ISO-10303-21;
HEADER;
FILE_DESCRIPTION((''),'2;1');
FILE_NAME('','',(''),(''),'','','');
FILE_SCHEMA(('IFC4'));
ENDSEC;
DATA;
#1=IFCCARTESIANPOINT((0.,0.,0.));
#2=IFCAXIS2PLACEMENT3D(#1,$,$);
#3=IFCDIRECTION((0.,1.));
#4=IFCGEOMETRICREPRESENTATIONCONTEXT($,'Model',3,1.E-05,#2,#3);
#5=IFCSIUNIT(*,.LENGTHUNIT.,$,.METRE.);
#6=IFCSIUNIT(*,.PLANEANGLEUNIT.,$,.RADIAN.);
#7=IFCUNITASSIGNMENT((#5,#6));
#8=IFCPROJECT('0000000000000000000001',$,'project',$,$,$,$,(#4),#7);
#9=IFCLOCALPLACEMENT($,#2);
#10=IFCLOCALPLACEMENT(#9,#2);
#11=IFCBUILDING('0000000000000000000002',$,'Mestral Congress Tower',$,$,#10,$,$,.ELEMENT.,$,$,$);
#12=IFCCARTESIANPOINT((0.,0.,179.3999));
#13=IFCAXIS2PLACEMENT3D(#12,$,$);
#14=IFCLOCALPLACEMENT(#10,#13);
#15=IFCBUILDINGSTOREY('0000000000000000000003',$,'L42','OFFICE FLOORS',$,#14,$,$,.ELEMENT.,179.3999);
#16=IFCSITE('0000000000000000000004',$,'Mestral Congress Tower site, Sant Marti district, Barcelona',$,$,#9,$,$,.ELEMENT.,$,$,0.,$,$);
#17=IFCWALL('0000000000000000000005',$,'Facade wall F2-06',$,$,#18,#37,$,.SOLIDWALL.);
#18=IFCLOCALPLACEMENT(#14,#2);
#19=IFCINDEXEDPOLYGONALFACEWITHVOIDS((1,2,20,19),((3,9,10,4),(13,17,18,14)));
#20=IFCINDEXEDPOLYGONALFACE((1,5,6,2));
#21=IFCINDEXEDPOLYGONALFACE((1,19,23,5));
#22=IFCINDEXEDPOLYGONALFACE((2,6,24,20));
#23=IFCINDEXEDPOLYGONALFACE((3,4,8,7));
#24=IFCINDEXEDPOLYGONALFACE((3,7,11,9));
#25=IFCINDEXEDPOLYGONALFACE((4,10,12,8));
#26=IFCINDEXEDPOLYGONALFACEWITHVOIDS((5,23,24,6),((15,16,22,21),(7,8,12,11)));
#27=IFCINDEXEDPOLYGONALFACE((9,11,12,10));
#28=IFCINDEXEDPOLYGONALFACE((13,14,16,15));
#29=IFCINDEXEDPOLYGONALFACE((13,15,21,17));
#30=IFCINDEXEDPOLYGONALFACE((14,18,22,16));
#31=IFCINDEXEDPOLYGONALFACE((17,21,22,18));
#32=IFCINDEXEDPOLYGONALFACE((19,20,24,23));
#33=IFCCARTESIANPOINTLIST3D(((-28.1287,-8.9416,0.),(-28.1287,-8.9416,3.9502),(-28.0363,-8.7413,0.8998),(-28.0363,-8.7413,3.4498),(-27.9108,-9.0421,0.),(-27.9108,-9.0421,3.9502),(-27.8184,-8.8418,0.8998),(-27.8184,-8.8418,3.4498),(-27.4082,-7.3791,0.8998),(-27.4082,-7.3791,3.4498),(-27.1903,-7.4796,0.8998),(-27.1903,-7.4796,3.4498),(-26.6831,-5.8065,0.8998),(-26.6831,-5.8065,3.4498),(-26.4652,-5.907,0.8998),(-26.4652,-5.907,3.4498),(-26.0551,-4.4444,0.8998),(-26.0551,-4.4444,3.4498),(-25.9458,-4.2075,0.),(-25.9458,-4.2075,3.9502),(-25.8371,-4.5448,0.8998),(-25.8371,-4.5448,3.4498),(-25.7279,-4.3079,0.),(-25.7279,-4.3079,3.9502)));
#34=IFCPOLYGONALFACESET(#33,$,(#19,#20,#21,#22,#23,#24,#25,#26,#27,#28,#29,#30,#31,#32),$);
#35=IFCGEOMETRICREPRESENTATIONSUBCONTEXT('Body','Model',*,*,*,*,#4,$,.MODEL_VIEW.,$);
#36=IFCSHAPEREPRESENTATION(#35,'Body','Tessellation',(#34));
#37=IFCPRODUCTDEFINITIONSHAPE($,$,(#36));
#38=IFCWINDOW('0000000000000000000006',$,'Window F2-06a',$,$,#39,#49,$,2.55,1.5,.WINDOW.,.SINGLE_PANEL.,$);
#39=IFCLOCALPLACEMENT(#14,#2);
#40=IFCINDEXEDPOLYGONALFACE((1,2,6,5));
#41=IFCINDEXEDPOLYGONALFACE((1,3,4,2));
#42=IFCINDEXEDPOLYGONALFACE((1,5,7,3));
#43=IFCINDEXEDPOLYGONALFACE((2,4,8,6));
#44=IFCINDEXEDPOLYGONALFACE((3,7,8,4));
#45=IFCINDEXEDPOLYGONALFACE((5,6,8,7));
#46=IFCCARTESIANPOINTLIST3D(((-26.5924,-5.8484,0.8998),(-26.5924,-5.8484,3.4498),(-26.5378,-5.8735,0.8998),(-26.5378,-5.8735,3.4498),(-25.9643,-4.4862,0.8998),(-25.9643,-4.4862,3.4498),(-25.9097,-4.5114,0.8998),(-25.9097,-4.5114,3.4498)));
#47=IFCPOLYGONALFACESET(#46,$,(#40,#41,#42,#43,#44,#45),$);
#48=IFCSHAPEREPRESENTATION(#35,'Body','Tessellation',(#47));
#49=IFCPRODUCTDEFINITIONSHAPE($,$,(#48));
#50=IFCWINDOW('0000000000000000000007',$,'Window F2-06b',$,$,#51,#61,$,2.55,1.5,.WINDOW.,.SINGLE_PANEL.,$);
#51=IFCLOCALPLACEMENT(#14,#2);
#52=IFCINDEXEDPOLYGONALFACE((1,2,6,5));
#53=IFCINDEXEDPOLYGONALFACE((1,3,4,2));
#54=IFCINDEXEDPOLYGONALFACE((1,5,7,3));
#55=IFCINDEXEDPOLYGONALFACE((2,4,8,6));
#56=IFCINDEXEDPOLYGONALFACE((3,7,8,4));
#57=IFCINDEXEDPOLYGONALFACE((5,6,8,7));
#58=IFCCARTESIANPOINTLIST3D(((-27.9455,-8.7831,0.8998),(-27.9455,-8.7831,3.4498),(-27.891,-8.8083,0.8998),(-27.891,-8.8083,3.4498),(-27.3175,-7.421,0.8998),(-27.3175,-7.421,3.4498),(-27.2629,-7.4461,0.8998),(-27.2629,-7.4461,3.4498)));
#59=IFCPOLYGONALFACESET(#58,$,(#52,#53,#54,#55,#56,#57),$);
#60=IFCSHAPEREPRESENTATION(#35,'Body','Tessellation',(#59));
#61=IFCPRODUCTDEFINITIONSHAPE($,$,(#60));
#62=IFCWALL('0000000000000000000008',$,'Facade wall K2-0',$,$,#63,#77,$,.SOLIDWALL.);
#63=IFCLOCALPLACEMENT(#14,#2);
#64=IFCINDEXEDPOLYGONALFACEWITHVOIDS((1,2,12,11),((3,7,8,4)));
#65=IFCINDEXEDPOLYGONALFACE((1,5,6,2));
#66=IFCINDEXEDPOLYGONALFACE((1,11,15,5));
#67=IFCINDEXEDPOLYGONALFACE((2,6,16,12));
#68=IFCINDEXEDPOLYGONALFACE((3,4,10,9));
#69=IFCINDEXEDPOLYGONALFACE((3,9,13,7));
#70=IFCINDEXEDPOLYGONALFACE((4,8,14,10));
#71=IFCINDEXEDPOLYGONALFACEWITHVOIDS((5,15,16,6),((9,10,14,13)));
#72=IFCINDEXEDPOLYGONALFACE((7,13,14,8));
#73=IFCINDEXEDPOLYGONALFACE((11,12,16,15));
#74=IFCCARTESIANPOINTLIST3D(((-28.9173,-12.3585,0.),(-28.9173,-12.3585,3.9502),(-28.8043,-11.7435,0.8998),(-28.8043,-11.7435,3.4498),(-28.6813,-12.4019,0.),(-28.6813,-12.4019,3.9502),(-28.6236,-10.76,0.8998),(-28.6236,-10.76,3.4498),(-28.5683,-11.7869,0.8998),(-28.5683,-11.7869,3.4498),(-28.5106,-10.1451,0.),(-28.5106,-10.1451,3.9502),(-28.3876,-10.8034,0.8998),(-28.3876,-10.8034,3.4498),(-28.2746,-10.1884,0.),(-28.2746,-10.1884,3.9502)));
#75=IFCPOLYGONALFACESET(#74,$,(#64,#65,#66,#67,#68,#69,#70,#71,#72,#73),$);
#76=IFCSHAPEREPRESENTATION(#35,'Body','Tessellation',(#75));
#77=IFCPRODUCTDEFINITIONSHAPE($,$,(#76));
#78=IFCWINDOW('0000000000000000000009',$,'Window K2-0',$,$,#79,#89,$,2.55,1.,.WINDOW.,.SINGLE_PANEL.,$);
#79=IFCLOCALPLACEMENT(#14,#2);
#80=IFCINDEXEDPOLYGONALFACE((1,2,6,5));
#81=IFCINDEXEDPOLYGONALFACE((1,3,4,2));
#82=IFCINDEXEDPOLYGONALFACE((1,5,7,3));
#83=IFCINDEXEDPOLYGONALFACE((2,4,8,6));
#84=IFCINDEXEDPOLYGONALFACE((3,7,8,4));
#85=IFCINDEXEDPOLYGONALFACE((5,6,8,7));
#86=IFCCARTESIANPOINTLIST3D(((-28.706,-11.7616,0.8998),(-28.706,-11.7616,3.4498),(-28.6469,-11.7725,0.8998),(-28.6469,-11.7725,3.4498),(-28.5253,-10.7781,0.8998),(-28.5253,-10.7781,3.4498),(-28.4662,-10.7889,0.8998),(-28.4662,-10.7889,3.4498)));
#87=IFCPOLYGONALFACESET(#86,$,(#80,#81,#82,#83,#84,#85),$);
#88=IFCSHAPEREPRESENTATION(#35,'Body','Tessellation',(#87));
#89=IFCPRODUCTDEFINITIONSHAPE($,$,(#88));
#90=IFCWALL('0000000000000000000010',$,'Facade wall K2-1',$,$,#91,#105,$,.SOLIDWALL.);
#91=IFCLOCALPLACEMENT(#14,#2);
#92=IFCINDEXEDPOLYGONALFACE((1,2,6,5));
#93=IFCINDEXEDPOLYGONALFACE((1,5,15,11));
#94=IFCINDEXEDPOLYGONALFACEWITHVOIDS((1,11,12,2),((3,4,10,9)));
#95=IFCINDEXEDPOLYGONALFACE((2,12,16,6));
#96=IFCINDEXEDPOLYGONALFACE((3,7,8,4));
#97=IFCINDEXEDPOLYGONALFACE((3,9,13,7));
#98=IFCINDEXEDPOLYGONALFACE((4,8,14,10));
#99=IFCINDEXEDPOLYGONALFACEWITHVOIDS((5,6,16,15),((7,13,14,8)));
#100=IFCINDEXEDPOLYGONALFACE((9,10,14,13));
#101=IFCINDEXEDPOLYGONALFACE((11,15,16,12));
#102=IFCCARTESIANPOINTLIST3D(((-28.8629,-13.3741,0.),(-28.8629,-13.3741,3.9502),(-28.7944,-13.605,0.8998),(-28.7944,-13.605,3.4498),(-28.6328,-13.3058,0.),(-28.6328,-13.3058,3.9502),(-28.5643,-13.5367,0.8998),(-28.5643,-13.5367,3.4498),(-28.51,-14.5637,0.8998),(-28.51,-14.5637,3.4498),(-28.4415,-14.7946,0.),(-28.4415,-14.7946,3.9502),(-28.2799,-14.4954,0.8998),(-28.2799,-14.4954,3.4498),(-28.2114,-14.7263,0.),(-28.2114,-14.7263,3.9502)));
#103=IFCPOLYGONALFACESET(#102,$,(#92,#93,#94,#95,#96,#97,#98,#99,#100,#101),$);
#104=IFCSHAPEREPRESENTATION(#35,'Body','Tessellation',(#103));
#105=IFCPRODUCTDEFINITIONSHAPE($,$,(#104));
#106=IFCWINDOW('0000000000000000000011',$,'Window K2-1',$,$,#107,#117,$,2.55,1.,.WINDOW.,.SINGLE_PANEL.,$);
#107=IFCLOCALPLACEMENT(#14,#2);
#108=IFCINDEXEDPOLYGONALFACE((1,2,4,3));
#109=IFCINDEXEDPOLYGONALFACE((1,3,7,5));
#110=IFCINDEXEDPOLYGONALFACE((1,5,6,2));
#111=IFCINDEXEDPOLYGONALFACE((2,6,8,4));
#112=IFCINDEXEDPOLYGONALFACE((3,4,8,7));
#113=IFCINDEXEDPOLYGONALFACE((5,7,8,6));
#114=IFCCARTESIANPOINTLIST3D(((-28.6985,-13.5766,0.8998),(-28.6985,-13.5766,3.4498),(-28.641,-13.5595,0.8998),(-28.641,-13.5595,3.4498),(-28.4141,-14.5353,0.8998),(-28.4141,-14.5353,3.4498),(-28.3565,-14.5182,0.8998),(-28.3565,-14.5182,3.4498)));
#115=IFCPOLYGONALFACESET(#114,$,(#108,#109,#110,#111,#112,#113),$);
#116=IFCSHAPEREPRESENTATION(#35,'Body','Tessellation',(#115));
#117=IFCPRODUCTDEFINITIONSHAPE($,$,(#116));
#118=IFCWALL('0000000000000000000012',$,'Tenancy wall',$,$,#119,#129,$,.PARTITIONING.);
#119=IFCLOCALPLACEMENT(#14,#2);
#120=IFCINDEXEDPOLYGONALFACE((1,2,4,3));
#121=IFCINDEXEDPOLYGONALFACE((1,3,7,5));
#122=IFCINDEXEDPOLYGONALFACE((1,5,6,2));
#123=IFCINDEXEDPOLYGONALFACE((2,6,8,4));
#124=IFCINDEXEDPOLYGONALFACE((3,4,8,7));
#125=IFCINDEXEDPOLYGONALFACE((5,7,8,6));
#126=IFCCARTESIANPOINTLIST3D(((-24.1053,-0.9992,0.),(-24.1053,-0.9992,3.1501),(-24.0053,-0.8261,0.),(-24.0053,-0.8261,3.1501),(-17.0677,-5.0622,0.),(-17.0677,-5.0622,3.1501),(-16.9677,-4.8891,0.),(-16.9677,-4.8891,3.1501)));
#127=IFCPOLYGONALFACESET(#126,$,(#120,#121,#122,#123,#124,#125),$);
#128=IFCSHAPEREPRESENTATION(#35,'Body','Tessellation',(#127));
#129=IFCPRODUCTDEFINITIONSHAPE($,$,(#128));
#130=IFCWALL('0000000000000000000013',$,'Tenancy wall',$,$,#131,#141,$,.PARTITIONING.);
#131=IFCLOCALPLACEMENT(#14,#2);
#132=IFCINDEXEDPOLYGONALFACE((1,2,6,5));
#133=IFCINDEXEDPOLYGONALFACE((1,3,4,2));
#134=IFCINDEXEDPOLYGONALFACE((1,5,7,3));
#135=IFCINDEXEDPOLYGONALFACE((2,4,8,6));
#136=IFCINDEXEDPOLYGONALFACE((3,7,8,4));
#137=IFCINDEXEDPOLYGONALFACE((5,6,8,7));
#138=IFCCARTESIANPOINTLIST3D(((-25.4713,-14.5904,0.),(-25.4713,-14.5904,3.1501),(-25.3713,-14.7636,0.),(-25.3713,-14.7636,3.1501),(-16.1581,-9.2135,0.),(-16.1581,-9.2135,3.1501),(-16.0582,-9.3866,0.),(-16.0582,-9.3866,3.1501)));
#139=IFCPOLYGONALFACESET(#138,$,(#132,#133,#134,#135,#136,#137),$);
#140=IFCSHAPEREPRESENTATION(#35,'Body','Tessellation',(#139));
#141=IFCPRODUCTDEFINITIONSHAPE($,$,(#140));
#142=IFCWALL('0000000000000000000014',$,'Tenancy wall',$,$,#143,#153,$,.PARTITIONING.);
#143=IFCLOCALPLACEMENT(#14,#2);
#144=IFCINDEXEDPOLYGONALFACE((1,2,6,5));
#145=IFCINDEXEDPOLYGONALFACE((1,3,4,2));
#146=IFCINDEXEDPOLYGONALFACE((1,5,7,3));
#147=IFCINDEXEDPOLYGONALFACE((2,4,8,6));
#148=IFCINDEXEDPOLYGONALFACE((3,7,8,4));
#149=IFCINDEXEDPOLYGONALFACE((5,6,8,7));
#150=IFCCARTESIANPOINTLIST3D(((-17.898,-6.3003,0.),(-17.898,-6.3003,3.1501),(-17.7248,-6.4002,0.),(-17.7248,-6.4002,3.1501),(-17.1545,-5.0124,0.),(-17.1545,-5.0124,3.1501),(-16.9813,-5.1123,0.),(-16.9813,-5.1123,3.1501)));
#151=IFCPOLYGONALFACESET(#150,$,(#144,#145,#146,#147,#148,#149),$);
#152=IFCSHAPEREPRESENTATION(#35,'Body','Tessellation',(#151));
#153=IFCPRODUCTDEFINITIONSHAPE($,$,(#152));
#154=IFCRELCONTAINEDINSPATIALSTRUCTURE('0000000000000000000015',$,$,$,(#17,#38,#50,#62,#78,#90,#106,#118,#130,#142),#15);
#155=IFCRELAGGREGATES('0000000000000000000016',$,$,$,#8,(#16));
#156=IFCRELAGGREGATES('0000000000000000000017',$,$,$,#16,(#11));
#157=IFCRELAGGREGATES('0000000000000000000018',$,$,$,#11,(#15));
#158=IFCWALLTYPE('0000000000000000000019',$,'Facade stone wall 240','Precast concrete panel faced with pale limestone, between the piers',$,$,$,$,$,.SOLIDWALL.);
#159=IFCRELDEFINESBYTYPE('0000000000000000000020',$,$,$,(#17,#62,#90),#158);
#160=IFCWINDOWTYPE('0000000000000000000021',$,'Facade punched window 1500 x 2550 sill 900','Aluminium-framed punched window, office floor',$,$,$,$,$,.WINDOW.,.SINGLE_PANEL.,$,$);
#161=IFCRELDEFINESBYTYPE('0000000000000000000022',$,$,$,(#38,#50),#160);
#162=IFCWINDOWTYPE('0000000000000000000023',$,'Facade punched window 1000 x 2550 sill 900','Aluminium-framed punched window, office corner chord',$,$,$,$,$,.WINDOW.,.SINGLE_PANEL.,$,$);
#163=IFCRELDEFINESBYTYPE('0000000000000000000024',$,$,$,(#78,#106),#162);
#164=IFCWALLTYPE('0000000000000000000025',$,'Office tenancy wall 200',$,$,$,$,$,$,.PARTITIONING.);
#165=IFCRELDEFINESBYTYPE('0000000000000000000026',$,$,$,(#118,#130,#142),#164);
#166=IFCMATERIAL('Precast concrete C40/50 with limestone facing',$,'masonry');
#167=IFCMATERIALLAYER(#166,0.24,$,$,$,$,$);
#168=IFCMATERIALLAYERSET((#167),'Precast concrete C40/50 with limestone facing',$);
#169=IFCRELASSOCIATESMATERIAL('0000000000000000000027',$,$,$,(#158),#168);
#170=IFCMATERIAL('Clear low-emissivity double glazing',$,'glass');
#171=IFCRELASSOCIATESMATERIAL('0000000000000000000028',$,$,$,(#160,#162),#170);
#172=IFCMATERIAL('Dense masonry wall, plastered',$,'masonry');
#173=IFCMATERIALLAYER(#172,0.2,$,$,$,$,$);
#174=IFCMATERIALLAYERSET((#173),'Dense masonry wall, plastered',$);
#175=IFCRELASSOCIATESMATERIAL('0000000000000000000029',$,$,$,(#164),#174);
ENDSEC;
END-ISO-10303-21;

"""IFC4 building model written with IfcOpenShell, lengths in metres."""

from ifc_helpers import new_model, si_unit, direction, frame, frame_2d, origin, place, context, subcontext, project, spatial, rectangle, extrude, material, layer, layer_set, type_object, element, fill, save


model = new_model("IFC4")

# Units and contexts
model_context = context("Model", 3, precision=1e-05, world=origin(), true_north=direction((0.0, 1.0)))
body_context = subcontext(model_context, "Body", "Model", "MODEL_VIEW")
ifc_project = project(units=[si_unit("LENGTHUNIT", "METRE"), si_unit("PLANEANGLEUNIT", "RADIAN")], contexts=[model_context])

# Site, building, storey
site_placement = place(None, origin())
site = spatial("IfcSite", under=ifc_project, at=site_placement, Name="Mestral Congress Tower site, Sant Marti district, Barcelona", CompositionType="ELEMENT", RefElevation=0.0)
building_placement = place(site_placement, origin())
building = spatial("IfcBuilding", under=site, at=building_placement, Name="Mestral Congress Tower", CompositionType="ELEMENT")
storey_placement = place(building_placement, frame((0.0, 0.0, 179.3999)))
storey = spatial("IfcBuildingStorey", under=building, at=storey_placement, Name="L42", Description="OFFICE FLOORS", CompositionType="ELEMENT", Elevation=179.3999)

# Wall, openings, windows
ifc_material_1 = material(Name="Precast concrete C40/50 with limestone facing", Category="masonry")
ifc_layer_1 = layer(ifc_material_1, 0.24)
ifc_layer_set_1 = layer_set([ifc_layer_1], Name="Precast concrete C40/50 with limestone facing")
wall_type_1 = type_object("IfcWallType", Name="Facade stone wall 240", Description="Precast concrete panel faced with pale limestone, between the piers", PredefinedType="SOLIDWALL", material=ifc_layer_set_1)
wall_1_placement = place(storey_placement, frame((-25.8369, -4.2578, 0.0), z_axis=(0.0, 0.0, 1.0), x_axis=(-0.418723, -0.908114, 0.0)))
wall_1 = element("IfcWall", 1, at=wall_1_placement, inside=storey, type_object=wall_type_1, Name="Facade wall F2-06", PredefinedType="SOLIDWALL", context=body_context, shape_type="SweptSolid", body=[
    extrude(rectangle(XDim=5.2131, YDim=0.24, at=frame_2d((2.6064, 0.0))), origin(), (0.0, 0.0, 1.0), 3.9502),
])
opening_1_placement = place(wall_1_placement, frame((0.2607, 0.0, 0.8999)))
opening_1 = element("IfcOpeningElement", 2, at=opening_1_placement, cuts=wall_1, PredefinedType="OPENING", context=body_context, shape_type="SweptSolid", body=[
    extrude(rectangle(XDim=1.5, YDim=2.55, at=frame_2d((0.75, 1.2749))), frame((0.0, 0.1299, 0.0), z_axis=(0.0, -1.0, 0.0), x_axis=(1.0, 0.0, 0.0)), (0.0, 0.0, 1.0), 0.26),
])
opening_2_placement = place(wall_1_placement, frame((3.4924, 0.0, 0.8999)))
opening_2 = element("IfcOpeningElement", 3, at=opening_2_placement, cuts=wall_1, PredefinedType="OPENING", context=body_context, shape_type="SweptSolid", body=[
    extrude(rectangle(XDim=1.5, YDim=2.55, at=frame_2d((0.75, 1.2749))), frame((0.0, 0.1299, 0.0), z_axis=(0.0, -1.0, 0.0), x_axis=(1.0, 0.0, 0.0)), (0.0, 0.0, 1.0), 0.26),
])
ifc_material_2 = material(Name="Clear low-emissivity double glazing", Category="glass")
window_type_1 = type_object("IfcWindowType", Name="Facade punched window 1500 x 2550 sill 900", Description="Aluminium-framed punched window, office floor", PartitioningType="SINGLE_PANEL", PredefinedType="WINDOW", material=ifc_material_2)
window_1_placement = place(opening_1_placement, origin())
window_1 = element("IfcWindow", 4, at=window_1_placement, inside=storey, type_object=window_type_1, Name="Window F2-06a", OverallHeight=2.55, OverallWidth=1.5, PartitioningType="SINGLE_PANEL", PredefinedType="WINDOW", context=body_context, shape_type="SweptSolid", body=[
    extrude(rectangle(XDim=1.5, YDim=2.55, at=frame_2d((0.75, 1.2749))), frame((0.0, 0.04, 0.0), z_axis=(0.0, -1.0, 0.0), x_axis=(1.0, 0.0, 0.0)), (0.0, 0.0, 1.0), 0.0601),
])
fill(opening_1, window_1)
window_2_placement = place(opening_2_placement, origin())
window_2 = element("IfcWindow", 5, at=window_2_placement, inside=storey, type_object=window_type_1, Name="Window F2-06b", OverallHeight=2.55, OverallWidth=1.5, PartitioningType="SINGLE_PANEL", PredefinedType="WINDOW", context=body_context, shape_type="SweptSolid", body=[
    extrude(rectangle(XDim=1.5, YDim=2.55, at=frame_2d((0.75, 1.2749))), frame((0.0, 0.04, 0.0), z_axis=(0.0, -1.0, 0.0), x_axis=(1.0, 0.0, 0.0)), (0.0, 0.0, 1.0), 0.0601),
])
fill(opening_2, window_2)

# Walls, openings, windows
wall_2_placement = place(storey_placement, frame((-28.3926, -10.1667, 0.0), z_axis=(0.0, 0.0, 1.0), x_axis=(-0.180737, -0.983531, 0.0)))
wall_2 = element("IfcWall", 6, at=wall_2_placement, inside=storey, type_object=wall_type_1, Name="Facade wall K2-0", PredefinedType="SOLIDWALL", context=body_context, shape_type="SweptSolid", body=[
    extrude(rectangle(XDim=2.2505, YDim=0.24, at=frame_2d((1.1252, 0.0))), origin(), (0.0, 0.0, 1.0), 3.9502),
])
opening_3_placement = place(wall_2_placement, frame((0.6252, 0.0, 0.8999)))
opening_3 = element("IfcOpeningElement", 7, at=opening_3_placement, cuts=wall_2, PredefinedType="OPENING", context=body_context, shape_type="SweptSolid", body=[
    extrude(rectangle(XDim=1.0, YDim=2.55, at=frame_2d((0.5, 1.2749))), frame((0.0, 0.1299, 0.0), z_axis=(0.0, -1.0, 0.0), x_axis=(1.0, 0.0, 0.0)), (0.0, 0.0, 1.0), 0.26),
])
window_type_2 = type_object("IfcWindowType", Name="Facade punched window 1000 x 2550 sill 900", Description="Aluminium-framed punched window, office corner chord", PartitioningType="SINGLE_PANEL", PredefinedType="WINDOW", material=ifc_material_2)
window_3_placement = place(opening_3_placement, origin())
window_3 = element("IfcWindow", 8, at=window_3_placement, inside=storey, type_object=window_type_2, Name="Window K2-0", OverallHeight=2.55, OverallWidth=1.0, PartitioningType="SINGLE_PANEL", PredefinedType="WINDOW", context=body_context, shape_type="SweptSolid", body=[
    extrude(rectangle(XDim=1.0, YDim=2.55, at=frame_2d((0.5, 1.2749))), frame((0.0, 0.04, 0.0), z_axis=(0.0, -1.0, 0.0), x_axis=(1.0, 0.0, 0.0)), (0.0, 0.0, 1.0), 0.0601),
])
fill(opening_3, window_3)
wall_3_placement = place(storey_placement, frame((-28.7478, -13.3401, 0.0), z_axis=(0.0, 0.0, 1.0), x_axis=(0.284414, -0.958702, 0.0)))
wall_3 = element("IfcWall", 9, at=wall_3_placement, inside=storey, type_object=wall_type_1, Name="Facade wall K2-1", PredefinedType="SOLIDWALL", context=body_context, shape_type="SweptSolid", body=[
    extrude(rectangle(XDim=1.4817, YDim=0.24, at=frame_2d((0.7407, 0.0))), origin(), (0.0, 0.0, 1.0), 3.9502),
])
opening_4_placement = place(wall_3_placement, frame((0.2407, 0.0, 0.8999)))
opening_4 = element("IfcOpeningElement", 10, at=opening_4_placement, cuts=wall_3, PredefinedType="OPENING", context=body_context, shape_type="SweptSolid", body=[
    extrude(rectangle(XDim=1.0, YDim=2.55, at=frame_2d((0.5, 1.2749))), frame((0.0, 0.1299, 0.0), z_axis=(0.0, -1.0, 0.0), x_axis=(1.0, 0.0, 0.0)), (0.0, 0.0, 1.0), 0.26),
])
window_4_placement = place(opening_4_placement, origin())
window_4 = element("IfcWindow", 11, at=window_4_placement, inside=storey, type_object=window_type_2, Name="Window K2-1", OverallHeight=2.55, OverallWidth=1.0, PartitioningType="SINGLE_PANEL", PredefinedType="WINDOW", context=body_context, shape_type="SweptSolid", body=[
    extrude(rectangle(XDim=1.0, YDim=2.55, at=frame_2d((0.5, 1.2749))), frame((0.0, 0.04, 0.0), z_axis=(0.0, -1.0, 0.0), x_axis=(1.0, 0.0, 0.0)), (0.0, 0.0, 1.0), 0.0601),
])
fill(opening_4, window_4)

# Walls
ifc_material_3 = material(Name="Dense masonry wall, plastered", Category="masonry")
ifc_layer_2 = layer(ifc_material_3, 0.2)
ifc_layer_set_2 = layer_set([ifc_layer_2], Name="Dense masonry wall, plastered")
wall_type_2 = type_object("IfcWallType", Name="Office tenancy wall 200", PredefinedType="PARTITIONING", material=ifc_layer_set_2)
wall_4_placement = place(storey_placement, frame((-17.0178, -4.9756, 0.0), z_axis=(0.0, 0.0, 1.0), x_axis=(-0.866034, 0.499984, 0.0)))
element("IfcWall", 12, at=wall_4_placement, inside=storey, type_object=wall_type_2, Name="Tenancy wall", PredefinedType="PARTITIONING", context=body_context, shape_type="SweptSolid", body=[
    extrude(rectangle(XDim=8.1262, YDim=0.2, at=frame_2d((4.063, 0.0))), origin(), (0.0, 0.0, 1.0), 3.1501),
])
wall_5_placement = place(storey_placement, frame((-16.1082, -9.3, 0.0), z_axis=(0.0, 0.0, 1.0), x_axis=(-0.866027, -0.499997, 0.0)))
element("IfcWall", 13, at=wall_5_placement, inside=storey, type_object=wall_type_2, Name="Tenancy wall", PredefinedType="PARTITIONING", context=body_context, shape_type="SweptSolid", body=[
    extrude(rectangle(XDim=10.7539, YDim=0.2, at=frame_2d((5.377, 0.0))), origin(), (0.0, 0.0, 1.0), 3.1501),
])
wall_6_placement = place(storey_placement, frame((-17.0679, -5.0623, 0.0), z_axis=(0.0, 0.0, 1.0), x_axis=(-0.499936, -0.866063, 0.0)))
element("IfcWall", 14, at=wall_6_placement, inside=storey, type_object=wall_type_2, Name="Tenancy wall", PredefinedType="PARTITIONING", context=body_context, shape_type="SweptSolid", body=[
    extrude(rectangle(XDim=1.4871, YDim=0.2, at=frame_2d((0.7437, 0.0))), origin(), (0.0, 0.0, 1.0), 3.1501),
])

save(model, "model.ifc")
